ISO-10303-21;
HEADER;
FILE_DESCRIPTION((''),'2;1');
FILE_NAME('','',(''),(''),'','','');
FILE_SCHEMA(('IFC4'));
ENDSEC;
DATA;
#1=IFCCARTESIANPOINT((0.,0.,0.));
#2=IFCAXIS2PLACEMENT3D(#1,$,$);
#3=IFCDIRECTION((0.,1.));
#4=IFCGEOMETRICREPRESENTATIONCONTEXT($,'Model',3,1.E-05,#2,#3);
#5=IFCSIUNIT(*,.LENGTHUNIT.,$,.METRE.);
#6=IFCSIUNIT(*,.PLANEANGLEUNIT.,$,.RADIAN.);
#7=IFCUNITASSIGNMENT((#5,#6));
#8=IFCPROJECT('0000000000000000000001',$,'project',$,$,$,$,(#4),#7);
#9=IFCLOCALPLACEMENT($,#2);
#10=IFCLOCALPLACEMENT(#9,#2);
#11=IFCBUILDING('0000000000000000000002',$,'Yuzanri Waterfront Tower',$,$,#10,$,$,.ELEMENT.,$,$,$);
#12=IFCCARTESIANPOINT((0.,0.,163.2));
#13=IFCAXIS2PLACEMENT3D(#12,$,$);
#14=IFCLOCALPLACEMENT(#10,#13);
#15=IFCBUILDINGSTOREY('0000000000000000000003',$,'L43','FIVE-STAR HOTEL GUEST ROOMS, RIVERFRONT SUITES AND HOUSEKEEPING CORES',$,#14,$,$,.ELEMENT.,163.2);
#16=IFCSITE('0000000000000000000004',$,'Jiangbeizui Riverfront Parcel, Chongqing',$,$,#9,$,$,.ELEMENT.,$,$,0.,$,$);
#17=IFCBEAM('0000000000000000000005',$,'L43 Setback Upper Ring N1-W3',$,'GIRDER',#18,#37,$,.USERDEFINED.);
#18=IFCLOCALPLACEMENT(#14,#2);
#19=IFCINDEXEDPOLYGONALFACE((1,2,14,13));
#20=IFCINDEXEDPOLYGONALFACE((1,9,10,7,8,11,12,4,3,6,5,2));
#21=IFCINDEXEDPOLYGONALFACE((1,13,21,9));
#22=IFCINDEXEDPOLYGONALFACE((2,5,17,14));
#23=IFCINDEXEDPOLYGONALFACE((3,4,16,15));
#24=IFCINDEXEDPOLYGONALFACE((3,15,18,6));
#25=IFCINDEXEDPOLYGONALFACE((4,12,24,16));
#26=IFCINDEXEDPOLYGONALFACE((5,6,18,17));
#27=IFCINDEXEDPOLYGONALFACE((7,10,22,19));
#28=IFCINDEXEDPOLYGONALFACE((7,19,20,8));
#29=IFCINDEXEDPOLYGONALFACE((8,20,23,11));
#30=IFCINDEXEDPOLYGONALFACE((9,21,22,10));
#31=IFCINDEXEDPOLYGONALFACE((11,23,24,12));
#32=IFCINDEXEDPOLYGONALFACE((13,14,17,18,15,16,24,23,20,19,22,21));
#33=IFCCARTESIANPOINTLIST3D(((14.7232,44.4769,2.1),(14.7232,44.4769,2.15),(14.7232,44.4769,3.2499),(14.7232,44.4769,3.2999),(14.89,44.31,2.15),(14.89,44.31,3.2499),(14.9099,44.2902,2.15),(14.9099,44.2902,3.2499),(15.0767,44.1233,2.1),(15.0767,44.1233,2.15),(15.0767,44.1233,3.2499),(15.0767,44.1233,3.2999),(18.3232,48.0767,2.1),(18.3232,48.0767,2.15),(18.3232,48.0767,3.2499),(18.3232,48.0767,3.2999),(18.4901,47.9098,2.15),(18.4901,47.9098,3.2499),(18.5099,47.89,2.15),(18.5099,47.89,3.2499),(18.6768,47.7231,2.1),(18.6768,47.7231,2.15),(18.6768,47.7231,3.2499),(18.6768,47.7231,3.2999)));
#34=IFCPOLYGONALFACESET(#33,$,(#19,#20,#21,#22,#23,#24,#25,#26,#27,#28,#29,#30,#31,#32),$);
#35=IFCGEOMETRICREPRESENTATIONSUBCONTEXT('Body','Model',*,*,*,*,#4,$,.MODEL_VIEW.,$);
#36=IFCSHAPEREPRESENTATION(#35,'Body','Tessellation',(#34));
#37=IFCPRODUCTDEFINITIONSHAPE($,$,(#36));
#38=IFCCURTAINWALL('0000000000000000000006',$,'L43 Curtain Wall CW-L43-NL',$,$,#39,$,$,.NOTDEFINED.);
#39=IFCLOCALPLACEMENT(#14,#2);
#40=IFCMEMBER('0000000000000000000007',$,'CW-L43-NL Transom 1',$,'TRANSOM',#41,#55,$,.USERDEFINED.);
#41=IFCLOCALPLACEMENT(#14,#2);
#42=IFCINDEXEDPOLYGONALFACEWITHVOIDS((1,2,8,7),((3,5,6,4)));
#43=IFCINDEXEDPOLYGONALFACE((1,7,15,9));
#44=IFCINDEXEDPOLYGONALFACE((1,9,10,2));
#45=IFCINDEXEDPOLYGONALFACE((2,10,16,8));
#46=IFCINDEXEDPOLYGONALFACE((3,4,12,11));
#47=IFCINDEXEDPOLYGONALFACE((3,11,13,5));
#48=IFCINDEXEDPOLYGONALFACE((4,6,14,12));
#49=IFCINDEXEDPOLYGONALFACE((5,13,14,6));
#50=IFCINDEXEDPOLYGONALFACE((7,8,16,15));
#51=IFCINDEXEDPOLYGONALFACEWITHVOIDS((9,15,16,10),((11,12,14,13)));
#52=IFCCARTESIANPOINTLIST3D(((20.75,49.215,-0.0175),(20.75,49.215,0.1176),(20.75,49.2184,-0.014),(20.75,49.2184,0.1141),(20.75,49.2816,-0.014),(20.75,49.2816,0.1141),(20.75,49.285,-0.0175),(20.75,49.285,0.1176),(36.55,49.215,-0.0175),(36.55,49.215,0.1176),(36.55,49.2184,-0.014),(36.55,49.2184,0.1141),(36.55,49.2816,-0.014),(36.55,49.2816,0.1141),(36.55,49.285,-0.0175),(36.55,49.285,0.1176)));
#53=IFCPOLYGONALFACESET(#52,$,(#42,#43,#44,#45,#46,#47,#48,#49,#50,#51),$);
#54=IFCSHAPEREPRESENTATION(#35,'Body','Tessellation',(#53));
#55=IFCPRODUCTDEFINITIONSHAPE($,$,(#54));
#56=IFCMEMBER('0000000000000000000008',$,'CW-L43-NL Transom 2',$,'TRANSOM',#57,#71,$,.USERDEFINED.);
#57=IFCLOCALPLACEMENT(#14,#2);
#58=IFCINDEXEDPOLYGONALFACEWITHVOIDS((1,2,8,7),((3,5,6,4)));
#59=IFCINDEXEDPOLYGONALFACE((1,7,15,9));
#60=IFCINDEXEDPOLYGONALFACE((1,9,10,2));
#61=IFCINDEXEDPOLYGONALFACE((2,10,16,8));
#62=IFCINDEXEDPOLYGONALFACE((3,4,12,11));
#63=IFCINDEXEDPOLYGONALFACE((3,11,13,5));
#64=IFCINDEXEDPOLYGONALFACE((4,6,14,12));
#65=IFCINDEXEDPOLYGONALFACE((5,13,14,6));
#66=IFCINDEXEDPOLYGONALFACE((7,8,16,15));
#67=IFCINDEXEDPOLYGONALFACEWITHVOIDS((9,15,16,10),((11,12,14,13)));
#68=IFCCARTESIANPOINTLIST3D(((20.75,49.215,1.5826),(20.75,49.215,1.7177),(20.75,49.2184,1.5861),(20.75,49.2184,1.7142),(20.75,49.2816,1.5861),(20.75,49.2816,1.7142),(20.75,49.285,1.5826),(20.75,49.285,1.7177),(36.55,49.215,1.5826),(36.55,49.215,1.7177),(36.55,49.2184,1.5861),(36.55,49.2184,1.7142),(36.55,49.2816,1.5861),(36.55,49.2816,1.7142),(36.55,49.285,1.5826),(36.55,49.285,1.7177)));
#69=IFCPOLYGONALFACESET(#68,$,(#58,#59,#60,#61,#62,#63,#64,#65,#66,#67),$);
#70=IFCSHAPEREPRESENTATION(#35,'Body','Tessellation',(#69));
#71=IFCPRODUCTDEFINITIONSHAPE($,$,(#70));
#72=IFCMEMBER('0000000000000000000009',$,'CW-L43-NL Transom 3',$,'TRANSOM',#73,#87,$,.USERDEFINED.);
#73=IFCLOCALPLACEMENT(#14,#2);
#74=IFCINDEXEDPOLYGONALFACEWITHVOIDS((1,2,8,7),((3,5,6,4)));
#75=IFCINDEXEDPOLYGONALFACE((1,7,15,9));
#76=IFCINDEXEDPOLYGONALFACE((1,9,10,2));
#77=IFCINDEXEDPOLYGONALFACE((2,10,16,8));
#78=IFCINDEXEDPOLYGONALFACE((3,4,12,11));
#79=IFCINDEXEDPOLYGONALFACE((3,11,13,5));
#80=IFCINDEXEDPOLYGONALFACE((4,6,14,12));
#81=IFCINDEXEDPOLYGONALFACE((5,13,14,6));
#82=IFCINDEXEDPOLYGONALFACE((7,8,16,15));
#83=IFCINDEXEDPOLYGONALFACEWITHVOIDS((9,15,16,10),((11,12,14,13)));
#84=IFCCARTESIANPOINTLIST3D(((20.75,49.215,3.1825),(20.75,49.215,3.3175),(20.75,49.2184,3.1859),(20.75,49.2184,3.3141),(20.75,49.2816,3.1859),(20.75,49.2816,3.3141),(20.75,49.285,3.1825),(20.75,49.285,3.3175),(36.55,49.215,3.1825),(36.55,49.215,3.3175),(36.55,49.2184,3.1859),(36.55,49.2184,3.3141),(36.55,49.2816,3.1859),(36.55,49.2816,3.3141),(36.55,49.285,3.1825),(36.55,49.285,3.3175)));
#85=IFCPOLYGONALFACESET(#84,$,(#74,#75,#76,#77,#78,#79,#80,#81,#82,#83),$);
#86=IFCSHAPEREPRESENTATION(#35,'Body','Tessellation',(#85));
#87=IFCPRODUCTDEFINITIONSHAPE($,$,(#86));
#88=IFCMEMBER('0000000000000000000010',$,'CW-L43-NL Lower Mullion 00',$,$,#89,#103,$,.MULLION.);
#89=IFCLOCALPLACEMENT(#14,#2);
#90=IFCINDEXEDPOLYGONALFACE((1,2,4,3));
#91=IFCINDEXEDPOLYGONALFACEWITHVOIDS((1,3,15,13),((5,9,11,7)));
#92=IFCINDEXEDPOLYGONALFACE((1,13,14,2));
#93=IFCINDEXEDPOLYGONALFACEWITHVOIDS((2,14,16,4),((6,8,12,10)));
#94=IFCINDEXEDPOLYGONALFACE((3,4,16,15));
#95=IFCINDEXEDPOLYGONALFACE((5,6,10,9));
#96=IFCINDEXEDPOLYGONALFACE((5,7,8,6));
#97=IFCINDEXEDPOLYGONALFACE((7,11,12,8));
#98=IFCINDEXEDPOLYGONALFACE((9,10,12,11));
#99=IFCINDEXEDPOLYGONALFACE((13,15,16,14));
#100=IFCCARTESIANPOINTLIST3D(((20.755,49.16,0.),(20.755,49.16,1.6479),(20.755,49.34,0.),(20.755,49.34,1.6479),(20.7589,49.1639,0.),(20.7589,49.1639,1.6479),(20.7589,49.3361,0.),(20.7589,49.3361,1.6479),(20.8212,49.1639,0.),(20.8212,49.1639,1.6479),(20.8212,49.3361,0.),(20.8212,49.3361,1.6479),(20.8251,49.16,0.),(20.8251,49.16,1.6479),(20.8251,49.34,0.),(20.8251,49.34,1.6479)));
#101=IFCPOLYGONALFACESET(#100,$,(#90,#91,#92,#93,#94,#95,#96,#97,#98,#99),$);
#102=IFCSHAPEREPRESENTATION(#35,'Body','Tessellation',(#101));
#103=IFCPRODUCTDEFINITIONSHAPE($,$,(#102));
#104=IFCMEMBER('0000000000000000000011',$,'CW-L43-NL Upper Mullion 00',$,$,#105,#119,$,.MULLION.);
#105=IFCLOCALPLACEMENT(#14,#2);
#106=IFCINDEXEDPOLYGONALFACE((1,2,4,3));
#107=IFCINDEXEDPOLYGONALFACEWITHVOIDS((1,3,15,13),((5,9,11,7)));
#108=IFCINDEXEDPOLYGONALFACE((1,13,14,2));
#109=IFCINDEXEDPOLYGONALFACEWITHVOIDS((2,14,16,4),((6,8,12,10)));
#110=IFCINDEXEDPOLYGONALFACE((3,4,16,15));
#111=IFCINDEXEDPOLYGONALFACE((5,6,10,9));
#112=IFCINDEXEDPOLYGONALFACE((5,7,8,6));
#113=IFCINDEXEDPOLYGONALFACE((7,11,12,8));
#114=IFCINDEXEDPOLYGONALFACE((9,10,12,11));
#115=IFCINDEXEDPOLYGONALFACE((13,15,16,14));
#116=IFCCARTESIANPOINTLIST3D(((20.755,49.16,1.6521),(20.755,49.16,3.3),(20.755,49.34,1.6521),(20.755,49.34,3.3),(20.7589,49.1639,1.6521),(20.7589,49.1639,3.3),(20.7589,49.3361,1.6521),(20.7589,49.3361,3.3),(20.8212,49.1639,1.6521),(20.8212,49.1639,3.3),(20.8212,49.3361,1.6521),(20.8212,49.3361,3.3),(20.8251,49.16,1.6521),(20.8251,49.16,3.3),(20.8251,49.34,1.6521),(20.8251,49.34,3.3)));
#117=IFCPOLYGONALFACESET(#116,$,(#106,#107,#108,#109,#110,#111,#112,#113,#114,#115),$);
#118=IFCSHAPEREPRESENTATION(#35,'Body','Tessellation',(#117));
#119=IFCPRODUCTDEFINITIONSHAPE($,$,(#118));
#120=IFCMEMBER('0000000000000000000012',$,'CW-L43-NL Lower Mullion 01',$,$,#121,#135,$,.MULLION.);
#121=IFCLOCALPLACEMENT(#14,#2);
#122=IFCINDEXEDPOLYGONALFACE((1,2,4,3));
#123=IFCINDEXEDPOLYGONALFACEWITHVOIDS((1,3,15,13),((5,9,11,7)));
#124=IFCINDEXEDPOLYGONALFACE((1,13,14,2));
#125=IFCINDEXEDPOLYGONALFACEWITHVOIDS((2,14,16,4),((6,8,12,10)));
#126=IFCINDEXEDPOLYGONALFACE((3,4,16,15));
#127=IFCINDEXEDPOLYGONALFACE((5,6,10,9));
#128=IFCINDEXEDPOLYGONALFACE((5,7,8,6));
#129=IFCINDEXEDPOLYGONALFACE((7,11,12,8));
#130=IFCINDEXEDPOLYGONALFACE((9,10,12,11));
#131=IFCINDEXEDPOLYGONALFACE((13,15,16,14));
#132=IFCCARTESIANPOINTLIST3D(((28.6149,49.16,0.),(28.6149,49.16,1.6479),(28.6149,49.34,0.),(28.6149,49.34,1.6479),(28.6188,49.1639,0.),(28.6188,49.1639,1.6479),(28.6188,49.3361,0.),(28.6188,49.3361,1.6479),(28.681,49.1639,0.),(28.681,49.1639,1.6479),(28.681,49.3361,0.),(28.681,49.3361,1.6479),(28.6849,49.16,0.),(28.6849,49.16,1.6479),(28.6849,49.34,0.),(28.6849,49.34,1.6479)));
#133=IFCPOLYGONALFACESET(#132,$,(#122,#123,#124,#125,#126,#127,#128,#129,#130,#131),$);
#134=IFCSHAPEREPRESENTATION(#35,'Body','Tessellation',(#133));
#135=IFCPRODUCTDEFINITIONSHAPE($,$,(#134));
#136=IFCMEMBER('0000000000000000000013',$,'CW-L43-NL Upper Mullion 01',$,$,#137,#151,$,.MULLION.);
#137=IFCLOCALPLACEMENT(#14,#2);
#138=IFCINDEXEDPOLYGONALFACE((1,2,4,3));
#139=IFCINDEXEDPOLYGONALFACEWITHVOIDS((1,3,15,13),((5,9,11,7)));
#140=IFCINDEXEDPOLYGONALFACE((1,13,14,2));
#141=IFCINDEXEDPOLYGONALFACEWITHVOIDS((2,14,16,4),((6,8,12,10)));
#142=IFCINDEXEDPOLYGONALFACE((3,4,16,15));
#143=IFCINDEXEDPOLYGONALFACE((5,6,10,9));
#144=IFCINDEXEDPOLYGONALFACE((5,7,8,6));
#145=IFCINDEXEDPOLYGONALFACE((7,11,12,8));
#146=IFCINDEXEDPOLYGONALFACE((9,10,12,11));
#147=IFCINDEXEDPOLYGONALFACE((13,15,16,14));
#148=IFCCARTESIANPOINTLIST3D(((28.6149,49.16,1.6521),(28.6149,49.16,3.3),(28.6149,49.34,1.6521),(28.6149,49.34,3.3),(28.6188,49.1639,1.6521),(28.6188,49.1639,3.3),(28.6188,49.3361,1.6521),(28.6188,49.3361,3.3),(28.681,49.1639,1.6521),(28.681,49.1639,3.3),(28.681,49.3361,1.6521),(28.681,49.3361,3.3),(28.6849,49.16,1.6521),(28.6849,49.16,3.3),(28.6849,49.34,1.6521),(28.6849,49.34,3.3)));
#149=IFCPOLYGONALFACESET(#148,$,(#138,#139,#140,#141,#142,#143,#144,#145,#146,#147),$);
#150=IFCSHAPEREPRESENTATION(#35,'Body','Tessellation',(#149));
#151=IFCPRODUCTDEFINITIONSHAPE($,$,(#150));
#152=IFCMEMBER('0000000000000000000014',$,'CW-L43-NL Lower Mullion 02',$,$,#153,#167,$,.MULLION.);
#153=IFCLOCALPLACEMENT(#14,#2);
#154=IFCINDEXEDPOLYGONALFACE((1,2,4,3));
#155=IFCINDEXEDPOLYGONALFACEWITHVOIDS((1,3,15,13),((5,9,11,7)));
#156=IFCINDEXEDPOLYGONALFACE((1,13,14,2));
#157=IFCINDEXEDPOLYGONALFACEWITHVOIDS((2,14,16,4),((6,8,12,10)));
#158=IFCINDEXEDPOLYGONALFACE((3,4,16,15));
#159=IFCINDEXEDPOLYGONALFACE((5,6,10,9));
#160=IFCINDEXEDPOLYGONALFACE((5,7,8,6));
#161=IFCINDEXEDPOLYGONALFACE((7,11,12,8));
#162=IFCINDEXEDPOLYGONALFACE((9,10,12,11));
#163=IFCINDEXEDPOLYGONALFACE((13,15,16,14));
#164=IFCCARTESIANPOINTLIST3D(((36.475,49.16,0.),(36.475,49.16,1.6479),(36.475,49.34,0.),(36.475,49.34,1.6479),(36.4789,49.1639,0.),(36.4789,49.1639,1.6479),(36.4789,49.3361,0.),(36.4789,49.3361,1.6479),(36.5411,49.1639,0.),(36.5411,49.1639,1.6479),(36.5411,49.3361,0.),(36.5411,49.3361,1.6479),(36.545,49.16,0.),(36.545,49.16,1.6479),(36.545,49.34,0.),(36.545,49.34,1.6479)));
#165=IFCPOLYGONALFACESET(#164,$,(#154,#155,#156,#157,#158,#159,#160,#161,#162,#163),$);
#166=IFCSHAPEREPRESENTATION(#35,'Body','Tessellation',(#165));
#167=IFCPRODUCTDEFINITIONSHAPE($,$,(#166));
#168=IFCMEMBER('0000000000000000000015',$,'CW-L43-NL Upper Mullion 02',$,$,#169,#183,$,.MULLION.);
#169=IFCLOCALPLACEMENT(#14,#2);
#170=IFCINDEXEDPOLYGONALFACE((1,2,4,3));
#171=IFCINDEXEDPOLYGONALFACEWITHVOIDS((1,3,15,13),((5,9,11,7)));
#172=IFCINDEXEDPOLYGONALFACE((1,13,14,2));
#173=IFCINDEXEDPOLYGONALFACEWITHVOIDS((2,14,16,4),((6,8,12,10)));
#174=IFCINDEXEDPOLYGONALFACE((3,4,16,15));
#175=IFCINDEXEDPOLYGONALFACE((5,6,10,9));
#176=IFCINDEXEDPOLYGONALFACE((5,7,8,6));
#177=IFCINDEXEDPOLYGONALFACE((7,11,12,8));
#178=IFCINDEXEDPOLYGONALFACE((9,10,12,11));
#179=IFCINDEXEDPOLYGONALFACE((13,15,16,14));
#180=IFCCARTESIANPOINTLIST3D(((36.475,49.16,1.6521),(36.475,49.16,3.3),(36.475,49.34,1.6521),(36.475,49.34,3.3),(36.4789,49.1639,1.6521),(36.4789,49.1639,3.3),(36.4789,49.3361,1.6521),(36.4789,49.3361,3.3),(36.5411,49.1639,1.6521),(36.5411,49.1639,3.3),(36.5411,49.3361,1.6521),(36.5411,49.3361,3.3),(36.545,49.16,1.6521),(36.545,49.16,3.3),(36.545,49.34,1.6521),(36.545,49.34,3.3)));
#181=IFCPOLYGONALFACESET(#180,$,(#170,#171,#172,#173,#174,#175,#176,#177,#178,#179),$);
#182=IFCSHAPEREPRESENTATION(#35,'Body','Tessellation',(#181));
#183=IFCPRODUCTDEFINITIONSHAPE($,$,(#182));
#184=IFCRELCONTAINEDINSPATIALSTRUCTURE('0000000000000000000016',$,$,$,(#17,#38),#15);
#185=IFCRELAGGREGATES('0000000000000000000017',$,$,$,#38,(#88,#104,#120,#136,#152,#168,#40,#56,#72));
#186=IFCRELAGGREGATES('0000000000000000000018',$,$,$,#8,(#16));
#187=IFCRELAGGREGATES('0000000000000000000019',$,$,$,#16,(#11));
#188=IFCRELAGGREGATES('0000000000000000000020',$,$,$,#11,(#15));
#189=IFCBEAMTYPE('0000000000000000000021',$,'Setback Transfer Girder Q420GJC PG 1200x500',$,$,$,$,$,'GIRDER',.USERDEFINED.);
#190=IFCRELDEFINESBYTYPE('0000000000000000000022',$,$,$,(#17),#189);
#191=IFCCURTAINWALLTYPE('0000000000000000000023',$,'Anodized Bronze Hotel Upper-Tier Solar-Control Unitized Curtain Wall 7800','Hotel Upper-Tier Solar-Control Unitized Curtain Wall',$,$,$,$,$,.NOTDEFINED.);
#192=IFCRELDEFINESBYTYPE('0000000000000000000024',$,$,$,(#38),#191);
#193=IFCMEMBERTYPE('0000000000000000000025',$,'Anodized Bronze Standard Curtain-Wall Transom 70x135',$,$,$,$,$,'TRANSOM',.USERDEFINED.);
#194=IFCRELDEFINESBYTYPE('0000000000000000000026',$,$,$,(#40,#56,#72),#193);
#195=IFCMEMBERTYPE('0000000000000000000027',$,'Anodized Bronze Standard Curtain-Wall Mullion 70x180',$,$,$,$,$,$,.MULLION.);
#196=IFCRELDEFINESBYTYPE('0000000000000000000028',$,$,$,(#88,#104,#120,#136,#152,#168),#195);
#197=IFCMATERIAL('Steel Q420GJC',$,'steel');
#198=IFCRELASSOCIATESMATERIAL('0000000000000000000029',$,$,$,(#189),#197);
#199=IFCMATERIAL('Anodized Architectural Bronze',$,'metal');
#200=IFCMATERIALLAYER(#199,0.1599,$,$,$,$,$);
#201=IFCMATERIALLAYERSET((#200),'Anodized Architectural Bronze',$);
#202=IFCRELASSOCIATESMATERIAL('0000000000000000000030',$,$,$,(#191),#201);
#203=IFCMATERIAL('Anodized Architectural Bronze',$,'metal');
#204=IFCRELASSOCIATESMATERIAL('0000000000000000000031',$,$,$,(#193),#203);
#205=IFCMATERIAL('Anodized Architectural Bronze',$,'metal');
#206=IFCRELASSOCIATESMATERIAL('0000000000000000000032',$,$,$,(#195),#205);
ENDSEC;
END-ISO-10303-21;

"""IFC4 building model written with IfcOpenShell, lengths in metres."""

from ifc_helpers import new_model, si_unit, direction, frame, origin, origin_2d, place, context, subcontext, project, spatial, hollow_rectangle, i_section, extrude, source, transform, mapped, material, layer, layer_set, material_profile, profile_set, type_object, element, aggregate, save


model = new_model("IFC4")

# Units and contexts
model_context = context("Model", 3, precision=1e-05, world=origin(), true_north=direction((0.0, 1.0)))
body_context = subcontext(model_context, "Body", "Model", "MODEL_VIEW")
ifc_project = project(units=[si_unit("LENGTHUNIT", "METRE"), si_unit("PLANEANGLEUNIT", "RADIAN")], contexts=[model_context])

# Site, building, storey
site_placement = place(None, origin())
site = spatial("IfcSite", under=ifc_project, at=site_placement, Name="Jiangbeizui Riverfront Parcel, Chongqing", CompositionType="ELEMENT", RefElevation=0.0)
building_placement = place(site_placement, origin())
building = spatial("IfcBuilding", under=site, at=building_placement, Name="Yuzanri Waterfront Tower", CompositionType="ELEMENT")
storey_placement = place(building_placement, frame((0.0, 0.0, 163.2)))
storey = spatial("IfcBuildingStorey", under=building, at=storey_placement, Name="L43", Description="FIVE-STAR HOTEL GUEST ROOMS, RIVERFRONT SUITES AND HOUSEKEEPING CORES", CompositionType="ELEMENT", Elevation=163.2)

# Beam
ifc_material_1 = material(Name="Steel Q420GJC", Category="steel")
ifc_material_profile_1 = material_profile(ifc_material_1, i_section(OverallWidth=0.5, OverallDepth=1.2, WebThickness=0.0281, FlangeThickness=0.05, at=origin_2d()), Name="PG 1200x500x28x50")
ifc_profile_set_1 = profile_set([ifc_material_profile_1], Name="Steel Q420GJC")
beam_type = type_object("IfcBeamType", Name="Setback Transfer Girder Q420GJC PG 1200x500", ElementType="GIRDER", PredefinedType="USERDEFINED", material=ifc_profile_set_1)
shared_shape_1 = source(origin(), body_context, "Body", "SweptSolid", [
    extrude(i_section(OverallWidth=0.5, OverallDepth=1.2, WebThickness=0.0281, FlangeThickness=0.05, at=origin_2d()), origin(), (0.0, 0.0, 1.0), 5.0911),
])
beam_placement = place(storey_placement, frame((18.5, 47.8999, 2.7), z_axis=(-0.707131, -0.707083, 0.0), x_axis=(0.707083, -0.707131, 0.0)))
element("IfcBeam", 1, at=beam_placement, inside=storey, type_object=beam_type, Name="L43 Setback Upper Ring N1-W3", ObjectType="GIRDER", PredefinedType="USERDEFINED", context=body_context, shape_type="MappedRepresentation", body=[
    mapped(shared_shape_1, transform((0.0, 0.0, 0.0), scale=1.0)),
])

# Curtain wall, members
ifc_material_2 = material(Name="Anodized Architectural Bronze", Category="metal")
ifc_layer_1 = layer(ifc_material_2, 0.1599)
ifc_layer_set_1 = layer_set([ifc_layer_1], Name="Anodized Architectural Bronze")
curtain_wall_type = type_object("IfcCurtainWallType", Name="Anodized Bronze Hotel Upper-Tier Solar-Control Unitized Curtain Wall 7800", Description="Hotel Upper-Tier Solar-Control Unitized Curtain Wall", PredefinedType="NOTDEFINED", material=ifc_layer_set_1)
curtain_wall_placement = place(storey_placement, origin())
curtain_wall = element("IfcCurtainWall", 2, at=curtain_wall_placement, inside=storey, type_object=curtain_wall_type, Name="L43 Curtain Wall CW-L43-NL", PredefinedType="NOTDEFINED")
ifc_material_3 = material(Name="Anodized Architectural Bronze", Category="metal")
ifc_material_profile_2 = material_profile(ifc_material_3, hollow_rectangle(XDim=0.0701, YDim=0.135, WallThickness=0.0034, at=origin_2d()), Name="CWT 70x135")
ifc_profile_set_2 = profile_set([ifc_material_profile_2], Name="Anodized Architectural Bronze")
member_type_1 = type_object("IfcMemberType", Name="Anodized Bronze Standard Curtain-Wall Transom 70x135", ElementType="TRANSOM", PredefinedType="USERDEFINED", material=ifc_profile_set_2)
shared_shape_2 = source(origin(), body_context, "Body", "SweptSolid", [
    extrude(hollow_rectangle(XDim=0.0701, YDim=0.135, WallThickness=0.0034, at=origin_2d()), origin(), (0.0, 0.0, 1.0), 15.8),
])
member_1_placement = place(storey_placement, frame((20.75, 49.25, 0.05), z_axis=(1.0, 0.0, 0.0), x_axis=(0.0, 1.0, 0.0)))
member_1 = element("IfcMember", 3, at=member_1_placement, type_object=member_type_1, Name="CW-L43-NL Transom 1", ObjectType="TRANSOM", PredefinedType="USERDEFINED", context=body_context, shape_type="MappedRepresentation", body=[
    mapped(shared_shape_2, transform((0.0, 0.0, 0.0), scale=1.0)),
])
member_2_placement = place(storey_placement, frame((20.75, 49.25, 1.6501), z_axis=(1.0, 0.0, 0.0), x_axis=(0.0, 1.0, 0.0)))
member_2 = element("IfcMember", 4, at=member_2_placement, type_object=member_type_1, Name="CW-L43-NL Transom 2", ObjectType="TRANSOM", PredefinedType="USERDEFINED", context=body_context, shape_type="MappedRepresentation", body=[
    mapped(shared_shape_2, transform((0.0, 0.0, 0.0), scale=1.0)),
])
member_3_placement = place(storey_placement, frame((20.75, 49.25, 3.25), z_axis=(1.0, 0.0, 0.0), x_axis=(0.0, 1.0, 0.0)))
member_3 = element("IfcMember", 5, at=member_3_placement, type_object=member_type_1, Name="CW-L43-NL Transom 3", ObjectType="TRANSOM", PredefinedType="USERDEFINED", context=body_context, shape_type="MappedRepresentation", body=[
    mapped(shared_shape_2, transform((0.0, 0.0, 0.0), scale=1.0)),
])
ifc_material_4 = material(Name="Anodized Architectural Bronze", Category="metal")
ifc_material_profile_3 = material_profile(ifc_material_4, hollow_rectangle(XDim=0.0701, YDim=0.1799, WallThickness=0.0039, at=origin_2d()), Name="CWM 70x180")
ifc_profile_set_3 = profile_set([ifc_material_profile_3], Name="Anodized Architectural Bronze")
member_type_2 = type_object("IfcMemberType", Name="Anodized Bronze Standard Curtain-Wall Mullion 70x180", PredefinedType="MULLION", material=ifc_profile_set_3)
shared_shape_3 = source(origin(), body_context, "Body", "SweptSolid", [
    extrude(hollow_rectangle(XDim=0.0701, YDim=0.1799, WallThickness=0.0039, at=origin_2d()), origin(), (0.0, 0.0, 1.0), 1.6479),
])
member_4_placement = place(storey_placement, frame((20.79, 49.25, 0.0), z_axis=(0.0, 0.0, 1.0), x_axis=(1.0, 0.0, 0.0)))
member_4 = element("IfcMember", 6, at=member_4_placement, type_object=member_type_2, Name="CW-L43-NL Lower Mullion 00", PredefinedType="MULLION", context=body_context, shape_type="MappedRepresentation", body=[
    mapped(shared_shape_3, transform((0.0, 0.0, 0.0), scale=1.0)),
])
member_5_placement = place(storey_placement, frame((20.79, 49.25, 1.6521), z_axis=(0.0, 0.0, 1.0), x_axis=(1.0, 0.0, 0.0)))
member_5 = element("IfcMember", 7, at=member_5_placement, type_object=member_type_2, Name="CW-L43-NL Upper Mullion 00", PredefinedType="MULLION", context=body_context, shape_type="MappedRepresentation", body=[
    mapped(shared_shape_3, transform((0.0, 0.0, 0.0), scale=1.0)),
])
member_6_placement = place(storey_placement, frame((28.6499, 49.25, 0.0), z_axis=(0.0, 0.0, 1.0), x_axis=(1.0, 0.0, 0.0)))
member_6 = element("IfcMember", 8, at=member_6_placement, type_object=member_type_2, Name="CW-L43-NL Lower Mullion 01", PredefinedType="MULLION", context=body_context, shape_type="MappedRepresentation", body=[
    mapped(shared_shape_3, transform((0.0, 0.0, 0.0), scale=1.0)),
])
member_7_placement = place(storey_placement, frame((28.6499, 49.25, 1.6521), z_axis=(0.0, 0.0, 1.0), x_axis=(1.0, 0.0, 0.0)))
member_7 = element("IfcMember", 9, at=member_7_placement, type_object=member_type_2, Name="CW-L43-NL Upper Mullion 01", PredefinedType="MULLION", context=body_context, shape_type="MappedRepresentation", body=[
    mapped(shared_shape_3, transform((0.0, 0.0, 0.0), scale=1.0)),
])
member_8_placement = place(storey_placement, frame((36.51, 49.25, 0.0), z_axis=(0.0, 0.0, 1.0), x_axis=(1.0, 0.0, 0.0)))
member_8 = element("IfcMember", 10, at=member_8_placement, type_object=member_type_2, Name="CW-L43-NL Lower Mullion 02", PredefinedType="MULLION", context=body_context, shape_type="MappedRepresentation", body=[
    mapped(shared_shape_3, transform((0.0, 0.0, 0.0), scale=1.0)),
])
member_9_placement = place(storey_placement, frame((36.51, 49.25, 1.6521), z_axis=(0.0, 0.0, 1.0), x_axis=(1.0, 0.0, 0.0)))
member_9 = element("IfcMember", 11, at=member_9_placement, type_object=member_type_2, Name="CW-L43-NL Upper Mullion 02", PredefinedType="MULLION", context=body_context, shape_type="MappedRepresentation", body=[
    mapped(shared_shape_3, transform((0.0, 0.0, 0.0), scale=1.0)),
])

aggregate(curtain_wall, [member_4, member_5, member_6, member_7, member_8, member_9, member_1, member_2, member_3])

save(model, "model.ifc")
